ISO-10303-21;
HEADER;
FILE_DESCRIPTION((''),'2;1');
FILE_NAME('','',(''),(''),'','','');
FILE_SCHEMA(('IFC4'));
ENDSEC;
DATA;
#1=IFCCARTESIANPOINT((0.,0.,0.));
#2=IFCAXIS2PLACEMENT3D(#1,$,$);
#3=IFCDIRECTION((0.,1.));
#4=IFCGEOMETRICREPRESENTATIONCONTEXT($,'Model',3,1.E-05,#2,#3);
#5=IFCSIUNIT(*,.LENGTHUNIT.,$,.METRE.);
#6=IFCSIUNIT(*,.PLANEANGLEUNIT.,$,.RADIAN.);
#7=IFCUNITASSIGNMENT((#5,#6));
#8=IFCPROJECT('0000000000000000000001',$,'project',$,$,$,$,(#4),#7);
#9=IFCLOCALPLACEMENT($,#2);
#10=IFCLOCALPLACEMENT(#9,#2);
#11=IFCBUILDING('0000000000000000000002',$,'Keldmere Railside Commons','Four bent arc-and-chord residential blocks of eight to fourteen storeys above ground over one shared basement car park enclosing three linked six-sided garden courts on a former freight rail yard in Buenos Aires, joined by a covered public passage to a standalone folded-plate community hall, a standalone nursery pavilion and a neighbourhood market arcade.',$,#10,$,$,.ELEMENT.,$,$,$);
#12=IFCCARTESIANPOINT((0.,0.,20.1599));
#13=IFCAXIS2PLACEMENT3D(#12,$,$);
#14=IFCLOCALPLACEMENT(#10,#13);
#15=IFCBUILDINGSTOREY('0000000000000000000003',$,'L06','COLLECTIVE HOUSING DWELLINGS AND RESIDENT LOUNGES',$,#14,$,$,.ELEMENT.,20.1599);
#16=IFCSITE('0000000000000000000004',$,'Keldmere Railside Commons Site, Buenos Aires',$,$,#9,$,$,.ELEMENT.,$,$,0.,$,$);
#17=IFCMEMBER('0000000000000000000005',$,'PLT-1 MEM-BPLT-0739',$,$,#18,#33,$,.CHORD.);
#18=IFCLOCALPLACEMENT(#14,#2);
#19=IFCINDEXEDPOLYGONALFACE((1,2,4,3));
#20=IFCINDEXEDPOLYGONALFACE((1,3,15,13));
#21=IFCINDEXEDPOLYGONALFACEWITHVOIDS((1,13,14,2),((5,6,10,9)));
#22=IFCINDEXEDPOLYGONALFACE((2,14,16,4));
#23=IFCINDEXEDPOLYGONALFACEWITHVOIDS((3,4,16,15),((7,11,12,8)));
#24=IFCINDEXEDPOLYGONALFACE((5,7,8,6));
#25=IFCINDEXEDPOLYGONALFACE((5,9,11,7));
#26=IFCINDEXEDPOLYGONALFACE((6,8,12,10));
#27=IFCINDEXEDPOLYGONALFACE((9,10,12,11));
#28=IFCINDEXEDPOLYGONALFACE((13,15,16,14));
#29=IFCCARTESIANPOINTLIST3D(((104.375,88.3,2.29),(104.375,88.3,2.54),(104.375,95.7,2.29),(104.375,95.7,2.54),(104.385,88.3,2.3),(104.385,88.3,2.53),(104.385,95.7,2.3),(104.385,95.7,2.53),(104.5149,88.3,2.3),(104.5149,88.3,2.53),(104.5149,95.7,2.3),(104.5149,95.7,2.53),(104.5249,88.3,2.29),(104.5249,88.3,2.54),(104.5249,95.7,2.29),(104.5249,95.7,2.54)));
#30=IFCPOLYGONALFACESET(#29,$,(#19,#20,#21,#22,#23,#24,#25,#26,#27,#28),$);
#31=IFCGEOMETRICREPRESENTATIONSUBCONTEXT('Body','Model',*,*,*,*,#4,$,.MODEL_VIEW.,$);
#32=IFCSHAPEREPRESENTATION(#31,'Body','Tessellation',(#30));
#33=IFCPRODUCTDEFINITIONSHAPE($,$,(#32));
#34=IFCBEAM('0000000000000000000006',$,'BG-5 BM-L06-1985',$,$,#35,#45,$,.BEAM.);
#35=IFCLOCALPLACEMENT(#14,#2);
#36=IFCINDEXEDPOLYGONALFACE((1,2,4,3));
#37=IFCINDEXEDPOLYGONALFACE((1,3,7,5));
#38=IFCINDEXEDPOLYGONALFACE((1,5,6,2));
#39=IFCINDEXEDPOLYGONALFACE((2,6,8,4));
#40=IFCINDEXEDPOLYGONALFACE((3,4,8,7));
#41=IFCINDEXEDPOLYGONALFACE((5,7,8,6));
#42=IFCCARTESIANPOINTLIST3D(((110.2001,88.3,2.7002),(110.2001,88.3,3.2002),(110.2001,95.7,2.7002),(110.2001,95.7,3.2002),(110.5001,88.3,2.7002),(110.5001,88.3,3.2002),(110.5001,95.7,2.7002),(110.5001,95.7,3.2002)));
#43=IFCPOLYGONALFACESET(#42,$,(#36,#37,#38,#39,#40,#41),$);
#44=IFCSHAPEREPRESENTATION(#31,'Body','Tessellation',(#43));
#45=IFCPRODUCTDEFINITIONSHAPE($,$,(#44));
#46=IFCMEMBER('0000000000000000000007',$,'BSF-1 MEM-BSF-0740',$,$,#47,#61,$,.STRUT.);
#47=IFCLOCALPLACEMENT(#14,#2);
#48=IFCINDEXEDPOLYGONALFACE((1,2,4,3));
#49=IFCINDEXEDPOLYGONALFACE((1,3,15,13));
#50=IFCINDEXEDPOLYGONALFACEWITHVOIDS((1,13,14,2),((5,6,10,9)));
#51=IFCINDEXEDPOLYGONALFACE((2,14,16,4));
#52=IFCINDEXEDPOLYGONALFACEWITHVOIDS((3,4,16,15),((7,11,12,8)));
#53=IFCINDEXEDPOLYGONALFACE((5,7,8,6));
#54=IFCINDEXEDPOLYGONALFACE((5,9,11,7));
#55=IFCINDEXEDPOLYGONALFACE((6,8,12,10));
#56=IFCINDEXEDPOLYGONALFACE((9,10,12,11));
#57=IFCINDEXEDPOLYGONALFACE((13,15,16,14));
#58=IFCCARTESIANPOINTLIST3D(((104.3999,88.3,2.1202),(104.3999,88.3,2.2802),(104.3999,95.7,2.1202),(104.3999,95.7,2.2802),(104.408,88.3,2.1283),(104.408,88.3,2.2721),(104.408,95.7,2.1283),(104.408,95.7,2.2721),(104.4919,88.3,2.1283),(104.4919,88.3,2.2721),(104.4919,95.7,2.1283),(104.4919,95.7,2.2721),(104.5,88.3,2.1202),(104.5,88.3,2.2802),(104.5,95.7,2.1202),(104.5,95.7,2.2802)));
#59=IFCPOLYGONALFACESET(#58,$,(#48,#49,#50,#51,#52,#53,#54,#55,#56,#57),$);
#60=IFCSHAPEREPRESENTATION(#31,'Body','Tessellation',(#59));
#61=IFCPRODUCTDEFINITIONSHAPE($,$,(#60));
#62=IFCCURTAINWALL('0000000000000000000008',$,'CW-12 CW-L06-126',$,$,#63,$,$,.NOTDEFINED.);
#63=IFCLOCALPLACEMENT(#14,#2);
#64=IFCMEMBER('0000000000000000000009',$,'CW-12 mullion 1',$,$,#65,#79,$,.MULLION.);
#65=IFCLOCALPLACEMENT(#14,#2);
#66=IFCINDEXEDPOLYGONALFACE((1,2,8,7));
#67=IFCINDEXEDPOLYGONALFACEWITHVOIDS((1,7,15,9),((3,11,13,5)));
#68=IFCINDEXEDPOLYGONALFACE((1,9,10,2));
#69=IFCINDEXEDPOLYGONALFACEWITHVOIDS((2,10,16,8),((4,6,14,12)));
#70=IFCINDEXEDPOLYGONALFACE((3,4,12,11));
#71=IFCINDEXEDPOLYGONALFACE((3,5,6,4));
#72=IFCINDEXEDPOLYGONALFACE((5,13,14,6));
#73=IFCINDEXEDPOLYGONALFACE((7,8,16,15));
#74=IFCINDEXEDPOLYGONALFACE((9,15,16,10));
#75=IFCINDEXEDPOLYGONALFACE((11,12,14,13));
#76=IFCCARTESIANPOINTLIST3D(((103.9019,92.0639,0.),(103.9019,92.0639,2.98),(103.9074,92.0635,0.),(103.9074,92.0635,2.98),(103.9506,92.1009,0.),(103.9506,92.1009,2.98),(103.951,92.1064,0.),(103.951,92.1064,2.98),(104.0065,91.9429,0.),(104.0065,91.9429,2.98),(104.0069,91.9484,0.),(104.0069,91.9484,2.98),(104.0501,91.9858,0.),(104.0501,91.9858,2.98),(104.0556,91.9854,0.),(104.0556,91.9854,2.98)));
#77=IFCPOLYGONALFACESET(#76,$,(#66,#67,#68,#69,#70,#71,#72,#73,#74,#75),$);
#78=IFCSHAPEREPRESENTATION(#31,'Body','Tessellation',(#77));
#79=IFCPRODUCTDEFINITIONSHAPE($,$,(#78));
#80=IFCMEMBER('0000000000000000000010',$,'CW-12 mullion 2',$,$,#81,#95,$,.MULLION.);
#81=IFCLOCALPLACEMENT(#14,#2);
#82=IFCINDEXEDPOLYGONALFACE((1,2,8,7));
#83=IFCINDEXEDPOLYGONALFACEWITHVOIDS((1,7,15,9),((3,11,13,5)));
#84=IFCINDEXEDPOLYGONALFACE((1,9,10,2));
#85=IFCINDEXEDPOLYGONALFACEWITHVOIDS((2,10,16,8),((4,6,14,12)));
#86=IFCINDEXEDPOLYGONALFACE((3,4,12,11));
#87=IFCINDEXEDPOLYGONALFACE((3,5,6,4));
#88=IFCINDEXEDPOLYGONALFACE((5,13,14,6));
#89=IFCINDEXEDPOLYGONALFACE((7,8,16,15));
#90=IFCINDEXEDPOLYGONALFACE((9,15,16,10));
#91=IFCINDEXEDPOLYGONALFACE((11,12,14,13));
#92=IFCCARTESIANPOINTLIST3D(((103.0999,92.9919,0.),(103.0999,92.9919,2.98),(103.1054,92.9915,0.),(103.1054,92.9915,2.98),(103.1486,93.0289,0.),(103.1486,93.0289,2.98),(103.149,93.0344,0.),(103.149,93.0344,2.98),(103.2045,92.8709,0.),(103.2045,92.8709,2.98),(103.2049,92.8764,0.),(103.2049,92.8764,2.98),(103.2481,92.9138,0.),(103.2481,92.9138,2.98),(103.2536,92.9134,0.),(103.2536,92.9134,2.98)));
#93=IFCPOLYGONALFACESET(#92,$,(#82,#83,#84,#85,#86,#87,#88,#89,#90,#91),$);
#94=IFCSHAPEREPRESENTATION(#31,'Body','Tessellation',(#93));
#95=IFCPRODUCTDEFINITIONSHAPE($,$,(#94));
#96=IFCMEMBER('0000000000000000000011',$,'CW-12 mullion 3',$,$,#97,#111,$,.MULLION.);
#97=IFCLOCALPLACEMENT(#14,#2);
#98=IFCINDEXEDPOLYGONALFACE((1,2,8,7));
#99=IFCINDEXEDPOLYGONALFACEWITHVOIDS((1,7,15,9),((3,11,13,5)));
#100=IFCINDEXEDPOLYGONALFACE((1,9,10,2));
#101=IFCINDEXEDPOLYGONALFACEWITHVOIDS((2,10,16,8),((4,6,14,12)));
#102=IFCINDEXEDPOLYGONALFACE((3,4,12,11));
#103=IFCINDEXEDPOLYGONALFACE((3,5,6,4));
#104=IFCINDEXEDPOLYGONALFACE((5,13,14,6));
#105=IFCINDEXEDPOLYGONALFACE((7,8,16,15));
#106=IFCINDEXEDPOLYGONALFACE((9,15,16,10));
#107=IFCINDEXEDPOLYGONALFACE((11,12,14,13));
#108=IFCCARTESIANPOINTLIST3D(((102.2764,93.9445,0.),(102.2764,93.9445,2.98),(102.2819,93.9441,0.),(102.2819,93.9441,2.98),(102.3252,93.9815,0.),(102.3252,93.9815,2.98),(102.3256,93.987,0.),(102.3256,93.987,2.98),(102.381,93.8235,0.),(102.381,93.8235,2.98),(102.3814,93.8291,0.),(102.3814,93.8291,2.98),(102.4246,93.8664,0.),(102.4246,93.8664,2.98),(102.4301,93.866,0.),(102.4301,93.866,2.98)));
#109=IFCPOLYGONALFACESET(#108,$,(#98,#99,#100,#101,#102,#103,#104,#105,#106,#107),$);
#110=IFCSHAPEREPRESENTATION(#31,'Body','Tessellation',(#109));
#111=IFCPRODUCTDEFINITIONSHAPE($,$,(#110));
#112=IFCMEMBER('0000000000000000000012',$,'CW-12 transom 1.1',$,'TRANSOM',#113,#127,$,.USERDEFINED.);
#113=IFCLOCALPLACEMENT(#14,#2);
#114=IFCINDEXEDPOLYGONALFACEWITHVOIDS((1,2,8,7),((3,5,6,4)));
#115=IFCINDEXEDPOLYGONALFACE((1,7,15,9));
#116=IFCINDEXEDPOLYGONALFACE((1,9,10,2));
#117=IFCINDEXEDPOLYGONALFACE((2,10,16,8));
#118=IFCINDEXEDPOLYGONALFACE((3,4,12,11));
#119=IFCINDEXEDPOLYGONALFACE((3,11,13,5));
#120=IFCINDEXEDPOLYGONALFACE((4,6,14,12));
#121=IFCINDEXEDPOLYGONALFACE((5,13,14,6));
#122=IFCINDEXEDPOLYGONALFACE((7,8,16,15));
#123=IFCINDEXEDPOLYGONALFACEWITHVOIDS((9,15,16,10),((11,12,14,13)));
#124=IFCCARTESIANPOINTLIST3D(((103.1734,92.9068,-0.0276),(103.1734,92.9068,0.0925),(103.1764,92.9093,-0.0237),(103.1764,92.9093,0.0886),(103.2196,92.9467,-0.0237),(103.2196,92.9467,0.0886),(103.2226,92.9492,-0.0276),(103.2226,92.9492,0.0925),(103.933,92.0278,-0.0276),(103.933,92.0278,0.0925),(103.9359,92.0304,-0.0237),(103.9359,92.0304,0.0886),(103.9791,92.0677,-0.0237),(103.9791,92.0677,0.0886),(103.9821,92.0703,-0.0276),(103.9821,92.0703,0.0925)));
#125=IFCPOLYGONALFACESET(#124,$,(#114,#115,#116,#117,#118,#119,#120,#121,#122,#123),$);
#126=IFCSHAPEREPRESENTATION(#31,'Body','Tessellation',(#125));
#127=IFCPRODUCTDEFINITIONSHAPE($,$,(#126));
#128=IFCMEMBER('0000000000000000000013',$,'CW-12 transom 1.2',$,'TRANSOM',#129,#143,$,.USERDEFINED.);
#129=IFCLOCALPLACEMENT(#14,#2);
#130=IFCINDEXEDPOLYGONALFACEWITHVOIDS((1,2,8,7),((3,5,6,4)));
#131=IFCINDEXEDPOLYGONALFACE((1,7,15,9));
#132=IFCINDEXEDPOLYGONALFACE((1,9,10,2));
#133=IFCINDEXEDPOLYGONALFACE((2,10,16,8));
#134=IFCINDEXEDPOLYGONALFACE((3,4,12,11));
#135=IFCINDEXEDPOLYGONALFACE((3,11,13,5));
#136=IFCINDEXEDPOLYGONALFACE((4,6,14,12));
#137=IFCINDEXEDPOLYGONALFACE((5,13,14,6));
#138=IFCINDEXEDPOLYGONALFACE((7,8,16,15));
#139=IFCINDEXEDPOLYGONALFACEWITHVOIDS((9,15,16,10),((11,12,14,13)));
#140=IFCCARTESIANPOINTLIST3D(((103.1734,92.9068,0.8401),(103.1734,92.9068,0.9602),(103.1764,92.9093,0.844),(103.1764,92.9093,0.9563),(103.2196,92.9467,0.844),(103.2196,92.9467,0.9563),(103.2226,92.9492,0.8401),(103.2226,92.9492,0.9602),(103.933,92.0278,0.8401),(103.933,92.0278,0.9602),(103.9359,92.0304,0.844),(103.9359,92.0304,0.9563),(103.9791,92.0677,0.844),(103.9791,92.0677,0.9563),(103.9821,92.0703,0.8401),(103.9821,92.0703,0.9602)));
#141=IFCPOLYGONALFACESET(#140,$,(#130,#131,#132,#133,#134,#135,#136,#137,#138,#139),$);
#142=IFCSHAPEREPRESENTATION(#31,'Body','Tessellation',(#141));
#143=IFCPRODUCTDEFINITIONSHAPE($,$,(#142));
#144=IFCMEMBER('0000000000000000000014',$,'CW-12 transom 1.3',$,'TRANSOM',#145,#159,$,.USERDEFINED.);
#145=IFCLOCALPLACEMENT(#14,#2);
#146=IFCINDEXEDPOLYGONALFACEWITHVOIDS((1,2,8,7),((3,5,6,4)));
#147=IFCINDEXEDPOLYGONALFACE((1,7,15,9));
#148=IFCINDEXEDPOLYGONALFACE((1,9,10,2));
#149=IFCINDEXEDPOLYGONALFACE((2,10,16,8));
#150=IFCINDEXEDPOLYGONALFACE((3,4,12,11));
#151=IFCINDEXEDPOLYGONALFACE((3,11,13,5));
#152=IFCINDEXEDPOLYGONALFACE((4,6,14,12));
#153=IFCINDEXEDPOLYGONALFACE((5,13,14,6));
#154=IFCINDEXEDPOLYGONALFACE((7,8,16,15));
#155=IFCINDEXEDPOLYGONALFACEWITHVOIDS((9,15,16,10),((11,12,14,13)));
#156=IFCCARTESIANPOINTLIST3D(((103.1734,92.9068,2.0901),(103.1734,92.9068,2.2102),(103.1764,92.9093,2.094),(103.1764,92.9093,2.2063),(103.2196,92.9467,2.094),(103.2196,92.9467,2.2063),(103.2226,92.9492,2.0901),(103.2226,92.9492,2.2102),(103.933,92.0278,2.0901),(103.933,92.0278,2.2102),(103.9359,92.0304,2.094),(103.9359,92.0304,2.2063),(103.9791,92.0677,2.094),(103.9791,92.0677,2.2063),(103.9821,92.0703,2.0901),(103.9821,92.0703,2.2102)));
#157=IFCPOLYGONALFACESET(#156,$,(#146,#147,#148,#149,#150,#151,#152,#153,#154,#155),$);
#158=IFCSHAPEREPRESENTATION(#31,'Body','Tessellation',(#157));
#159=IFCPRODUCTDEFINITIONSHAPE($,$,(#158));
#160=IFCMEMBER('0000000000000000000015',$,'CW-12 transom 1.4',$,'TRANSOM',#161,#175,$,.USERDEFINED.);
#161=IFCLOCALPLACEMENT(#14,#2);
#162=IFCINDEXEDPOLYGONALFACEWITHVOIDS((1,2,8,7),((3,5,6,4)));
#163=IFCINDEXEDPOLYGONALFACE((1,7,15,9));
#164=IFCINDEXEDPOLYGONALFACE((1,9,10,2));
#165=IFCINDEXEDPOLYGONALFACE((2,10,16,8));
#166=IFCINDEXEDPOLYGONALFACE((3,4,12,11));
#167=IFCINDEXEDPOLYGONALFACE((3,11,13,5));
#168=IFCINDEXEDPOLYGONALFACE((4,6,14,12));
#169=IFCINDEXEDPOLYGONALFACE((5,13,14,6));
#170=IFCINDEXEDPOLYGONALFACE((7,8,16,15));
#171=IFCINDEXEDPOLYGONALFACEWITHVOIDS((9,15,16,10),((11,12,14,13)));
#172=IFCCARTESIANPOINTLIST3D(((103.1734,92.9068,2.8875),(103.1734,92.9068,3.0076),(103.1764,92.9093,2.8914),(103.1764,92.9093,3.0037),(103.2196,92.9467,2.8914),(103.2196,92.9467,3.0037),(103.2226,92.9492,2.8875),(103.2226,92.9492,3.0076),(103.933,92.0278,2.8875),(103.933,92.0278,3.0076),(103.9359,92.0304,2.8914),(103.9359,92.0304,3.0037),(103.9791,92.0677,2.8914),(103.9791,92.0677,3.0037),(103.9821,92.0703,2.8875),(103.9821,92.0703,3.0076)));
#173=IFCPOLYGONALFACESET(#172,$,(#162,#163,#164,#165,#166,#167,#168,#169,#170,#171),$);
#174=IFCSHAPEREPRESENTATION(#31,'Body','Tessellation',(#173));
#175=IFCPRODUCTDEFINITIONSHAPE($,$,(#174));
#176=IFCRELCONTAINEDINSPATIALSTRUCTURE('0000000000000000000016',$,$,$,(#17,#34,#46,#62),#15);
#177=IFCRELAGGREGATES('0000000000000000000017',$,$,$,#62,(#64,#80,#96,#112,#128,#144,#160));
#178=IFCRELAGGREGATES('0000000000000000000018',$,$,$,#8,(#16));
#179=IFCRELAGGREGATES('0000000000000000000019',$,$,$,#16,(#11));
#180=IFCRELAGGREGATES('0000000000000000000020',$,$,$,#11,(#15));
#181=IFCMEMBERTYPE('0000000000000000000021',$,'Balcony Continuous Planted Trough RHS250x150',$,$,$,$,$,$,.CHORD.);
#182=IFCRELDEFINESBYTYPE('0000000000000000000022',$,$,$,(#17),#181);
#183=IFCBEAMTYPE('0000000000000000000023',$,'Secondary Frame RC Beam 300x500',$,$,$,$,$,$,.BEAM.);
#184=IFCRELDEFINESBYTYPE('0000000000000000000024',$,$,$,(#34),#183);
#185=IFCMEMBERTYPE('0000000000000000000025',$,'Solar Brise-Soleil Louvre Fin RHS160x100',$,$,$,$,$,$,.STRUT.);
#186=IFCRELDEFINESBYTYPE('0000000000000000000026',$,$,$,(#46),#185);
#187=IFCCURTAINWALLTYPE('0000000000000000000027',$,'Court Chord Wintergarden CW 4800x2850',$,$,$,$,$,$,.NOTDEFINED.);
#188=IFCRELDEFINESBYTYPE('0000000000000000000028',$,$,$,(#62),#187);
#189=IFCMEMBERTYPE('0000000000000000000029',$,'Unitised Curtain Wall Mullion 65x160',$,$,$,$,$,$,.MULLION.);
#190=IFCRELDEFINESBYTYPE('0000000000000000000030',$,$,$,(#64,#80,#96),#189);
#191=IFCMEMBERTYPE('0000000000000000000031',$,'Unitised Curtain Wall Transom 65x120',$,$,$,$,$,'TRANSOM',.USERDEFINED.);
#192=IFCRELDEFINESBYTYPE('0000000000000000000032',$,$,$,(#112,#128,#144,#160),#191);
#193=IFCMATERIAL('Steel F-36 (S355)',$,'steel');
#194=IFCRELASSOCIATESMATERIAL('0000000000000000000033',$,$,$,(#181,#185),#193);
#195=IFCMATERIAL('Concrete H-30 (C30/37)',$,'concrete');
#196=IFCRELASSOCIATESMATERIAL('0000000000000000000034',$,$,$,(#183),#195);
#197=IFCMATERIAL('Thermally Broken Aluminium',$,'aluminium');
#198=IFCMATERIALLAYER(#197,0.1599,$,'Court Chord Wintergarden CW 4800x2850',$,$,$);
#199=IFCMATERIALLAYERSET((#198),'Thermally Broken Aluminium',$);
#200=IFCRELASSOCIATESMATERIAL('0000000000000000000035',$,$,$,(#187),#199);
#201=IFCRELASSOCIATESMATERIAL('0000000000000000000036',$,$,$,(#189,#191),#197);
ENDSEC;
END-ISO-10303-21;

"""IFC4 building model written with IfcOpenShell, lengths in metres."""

from ifc_helpers import new_model, si_unit, direction, frame, origin, origin_2d, place, context, subcontext, project, spatial, rectangle, hollow_rectangle, extrude, material, layer, layer_set, material_profile, profile_set, type_object, element, aggregate, save


model = new_model("IFC4")

# Units and contexts
model_context = context("Model", 3, precision=1e-05, world=origin(), true_north=direction((0.0, 1.0)))
body_context = subcontext(model_context, "Body", "Model", "MODEL_VIEW")
ifc_project = project(units=[si_unit("LENGTHUNIT", "METRE"), si_unit("PLANEANGLEUNIT", "RADIAN")], contexts=[model_context])

# Site, building, storey
site_placement = place(None, origin())
site = spatial("IfcSite", under=ifc_project, at=site_placement, Name="Keldmere Railside Commons Site, Buenos Aires", CompositionType="ELEMENT", RefElevation=0.0)
building_placement = place(site_placement, origin())
building = spatial("IfcBuilding", under=site, at=building_placement, Name="Keldmere Railside Commons", Description="Four bent arc-and-chord residential blocks of eight to fourteen storeys above ground over one shared basement car park enclosing three linked six-sided garden courts on a former freight rail yard in Buenos Aires, joined by a covered public passage to a standalone folded-plate community hall, a standalone nursery pavilion and a neighbourhood market arcade.", CompositionType="ELEMENT")
storey_placement = place(building_placement, frame((0.0, 0.0, 20.1599)))
storey = spatial("IfcBuildingStorey", under=building, at=storey_placement, Name="L06", Description="COLLECTIVE HOUSING DWELLINGS AND RESIDENT LOUNGES", CompositionType="ELEMENT", Elevation=20.1599)

# Member
ifc_material_1 = material(Name="Steel F-36 (S355)", Category="steel")
ifc_material_profile_1 = material_profile(ifc_material_1, hollow_rectangle(XDim=0.1499, YDim=0.25, WallThickness=0.01, at=origin_2d()), Name="RHS-250x150x10")
ifc_profile_set_1 = profile_set([ifc_material_profile_1], Name="Steel F-36 (S355)")
member_type_1 = type_object("IfcMemberType", Name="Balcony Continuous Planted Trough RHS250x150", PredefinedType="CHORD", material=ifc_profile_set_1)
member_1_placement = place(storey_placement, frame((104.45, 88.3, 2.415), z_axis=(0.0, 1.0, 0.0), x_axis=(-1.0, 0.0, 0.0)))
element("IfcMember", 1, at=member_1_placement, inside=storey, type_object=member_type_1, Name="PLT-1 MEM-BPLT-0739", PredefinedType="CHORD", context=body_context, shape_type="SweptSolid", body=[
    extrude(hollow_rectangle(XDim=0.1499, YDim=0.25, WallThickness=0.01, at=origin_2d()), origin(), (0.0, 0.0, 1.0), 7.3999),
])

# Beam
ifc_material_2 = material(Name="Concrete H-30 (C30/37)", Category="concrete")
ifc_material_profile_2 = material_profile(ifc_material_2, rectangle(XDim=0.3, YDim=0.5, at=origin_2d()), Name="RC-300x500")
ifc_profile_set_2 = profile_set([ifc_material_profile_2], Name="Concrete H-30 (C30/37)")
beam_type = type_object("IfcBeamType", Name="Secondary Frame RC Beam 300x500", PredefinedType="BEAM", material=ifc_profile_set_2)
beam_placement = place(storey_placement, frame((110.3501, 88.3, 2.9502), z_axis=(0.0, 1.0, 0.0), x_axis=(-1.0, 0.0, 0.0)))
element("IfcBeam", 2, at=beam_placement, inside=storey, type_object=beam_type, Name="BG-5 BM-L06-1985", PredefinedType="BEAM", context=body_context, shape_type="SweptSolid", body=[
    extrude(rectangle(XDim=0.3, YDim=0.5, at=origin_2d()), origin(), (0.0, 0.0, 1.0), 7.3999),
])

# Member
ifc_material_profile_3 = material_profile(ifc_material_1, hollow_rectangle(XDim=0.1001, YDim=0.1599, WallThickness=0.0081, at=origin_2d()), Name="RHS-160x100x8")
ifc_profile_set_3 = profile_set([ifc_material_profile_3], Name="Steel F-36 (S355)")
member_type_2 = type_object("IfcMemberType", Name="Solar Brise-Soleil Louvre Fin RHS160x100", PredefinedType="STRUT", material=ifc_profile_set_3)
member_2_placement = place(storey_placement, frame((104.45, 88.3, 2.2002), z_axis=(0.0, 1.0, 0.0), x_axis=(-1.0, 0.0, 0.0)))
element("IfcMember", 3, at=member_2_placement, inside=storey, type_object=member_type_2, Name="BSF-1 MEM-BSF-0740", PredefinedType="STRUT", context=body_context, shape_type="SweptSolid", body=[
    extrude(hollow_rectangle(XDim=0.1001, YDim=0.1599, WallThickness=0.0081, at=origin_2d()), origin(), (0.0, 0.0, 1.0), 7.3999),
])

# Curtain wall, members
ifc_material_3 = material(Name="Thermally Broken Aluminium", Category="aluminium")
ifc_layer_1 = layer(ifc_material_3, 0.1599, Name="Court Chord Wintergarden CW 4800x2850")
ifc_layer_set_1 = layer_set([ifc_layer_1], Name="Thermally Broken Aluminium")
curtain_wall_type = type_object("IfcCurtainWallType", Name="Court Chord Wintergarden CW 4800x2850", PredefinedType="NOTDEFINED", material=ifc_layer_set_1)
curtain_wall_placement = place(storey_placement, origin())
curtain_wall = element("IfcCurtainWall", 4, at=curtain_wall_placement, inside=storey, type_object=curtain_wall_type, Name="CW-12 CW-L06-126", PredefinedType="NOTDEFINED")
ifc_material_profile_4 = material_profile(ifc_material_3, hollow_rectangle(XDim=0.0649, YDim=0.1599, WallThickness=0.0039, at=origin_2d()), Name="ALU-MULL-65x160")
ifc_profile_set_4 = profile_set([ifc_material_profile_4], Name="Thermally Broken Aluminium")
member_type_3 = type_object("IfcMemberType", Name="Unitised Curtain Wall Mullion 65x160", PredefinedType="MULLION", material=ifc_profile_set_4)
member_3_placement = place(storey_placement, frame((103.9788, 92.0247, 0.0), z_axis=(0.0, 0.0, 1.0), x_axis=(-0.756597, -0.653882, 0.0)))
member_3 = element("IfcMember", 5, at=member_3_placement, type_object=member_type_3, Name="CW-12 mullion 1", PredefinedType="MULLION", context=body_context, shape_type="SweptSolid", body=[
    extrude(hollow_rectangle(XDim=0.0649, YDim=0.1599, WallThickness=0.0039, at=origin_2d()), origin(), (0.0, 0.0, 1.0), 2.98),
])
member_4_placement = place(storey_placement, frame((103.1768, 92.9526, 0.0), z_axis=(0.0, 0.0, 1.0), x_axis=(-0.756597, -0.653882, 0.0)))
member_4 = element("IfcMember", 6, at=member_4_placement, type_object=member_type_3, Name="CW-12 mullion 2", PredefinedType="MULLION", context=body_context, shape_type="SweptSolid", body=[
    extrude(hollow_rectangle(XDim=0.0649, YDim=0.1599, WallThickness=0.0039, at=origin_2d()), origin(), (0.0, 0.0, 1.0), 2.98),
])
member_5_placement = place(storey_placement, frame((102.3533, 93.9053, 0.0), z_axis=(0.0, 0.0, 1.0), x_axis=(-0.756597, -0.653882, 0.0)))
member_5 = element("IfcMember", 7, at=member_5_placement, type_object=member_type_3, Name="CW-12 mullion 3", PredefinedType="MULLION", context=body_context, shape_type="SweptSolid", body=[
    extrude(hollow_rectangle(XDim=0.0649, YDim=0.1599, WallThickness=0.0039, at=origin_2d()), origin(), (0.0, 0.0, 1.0), 2.98),
])
ifc_material_profile_5 = material_profile(ifc_material_3, hollow_rectangle(XDim=0.0649, YDim=0.1201, WallThickness=0.0039, at=origin_2d()), Name="ALU-TRAN-65x120")
ifc_profile_set_5 = profile_set([ifc_material_profile_5], Name="Thermally Broken Aluminium")
member_type_4 = type_object("IfcMemberType", Name="Unitised Curtain Wall Transom 65x120", ElementType="TRANSOM", PredefinedType="USERDEFINED", material=ifc_profile_set_5)
member_6_placement = place(storey_placement, frame((103.9575, 92.0491, 0.0325), z_axis=(-0.65385, 0.756624, 0.0), x_axis=(-0.756624, -0.65385, 0.0)))
member_6 = element("IfcMember", 8, at=member_6_placement, type_object=member_type_4, Name="CW-12 transom 1.1", ObjectType="TRANSOM", PredefinedType="USERDEFINED", context=body_context, shape_type="SweptSolid", body=[
    extrude(hollow_rectangle(XDim=0.0649, YDim=0.1201, WallThickness=0.0039, at=origin_2d()), origin(), (0.0, 0.0, 1.0), 1.1616),
])
member_7_placement = place(storey_placement, frame((103.9575, 92.0491, 0.9001), z_axis=(-0.65385, 0.756624, 0.0), x_axis=(-0.756624, -0.65385, 0.0)))
member_7 = element("IfcMember", 9, at=member_7_placement, type_object=member_type_4, Name="CW-12 transom 1.2", ObjectType="TRANSOM", PredefinedType="USERDEFINED", context=body_context, shape_type="SweptSolid", body=[
    extrude(hollow_rectangle(XDim=0.0649, YDim=0.1201, WallThickness=0.0039, at=origin_2d()), origin(), (0.0, 0.0, 1.0), 1.1616),
])
member_8_placement = place(storey_placement, frame((103.9575, 92.0491, 2.1501), z_axis=(-0.65385, 0.756624, 0.0), x_axis=(-0.756624, -0.65385, 0.0)))
member_8 = element("IfcMember", 10, at=member_8_placement, type_object=member_type_4, Name="CW-12 transom 1.3", ObjectType="TRANSOM", PredefinedType="USERDEFINED", context=body_context, shape_type="SweptSolid", body=[
    extrude(hollow_rectangle(XDim=0.0649, YDim=0.1201, WallThickness=0.0039, at=origin_2d()), origin(), (0.0, 0.0, 1.0), 1.1616),
])
member_9_placement = place(storey_placement, frame((103.9575, 92.0491, 2.9475), z_axis=(-0.65385, 0.756624, 0.0), x_axis=(-0.756624, -0.65385, 0.0)))
member_9 = element("IfcMember", 11, at=member_9_placement, type_object=member_type_4, Name="CW-12 transom 1.4", ObjectType="TRANSOM", PredefinedType="USERDEFINED", context=body_context, shape_type="SweptSolid", body=[
    extrude(hollow_rectangle(XDim=0.0649, YDim=0.1201, WallThickness=0.0039, at=origin_2d()), origin(), (0.0, 0.0, 1.0), 1.1616),
])
aggregate(curtain_wall, [member_3, member_4, member_5, member_6, member_7, member_8, member_9])

save(model, "model.ifc")
